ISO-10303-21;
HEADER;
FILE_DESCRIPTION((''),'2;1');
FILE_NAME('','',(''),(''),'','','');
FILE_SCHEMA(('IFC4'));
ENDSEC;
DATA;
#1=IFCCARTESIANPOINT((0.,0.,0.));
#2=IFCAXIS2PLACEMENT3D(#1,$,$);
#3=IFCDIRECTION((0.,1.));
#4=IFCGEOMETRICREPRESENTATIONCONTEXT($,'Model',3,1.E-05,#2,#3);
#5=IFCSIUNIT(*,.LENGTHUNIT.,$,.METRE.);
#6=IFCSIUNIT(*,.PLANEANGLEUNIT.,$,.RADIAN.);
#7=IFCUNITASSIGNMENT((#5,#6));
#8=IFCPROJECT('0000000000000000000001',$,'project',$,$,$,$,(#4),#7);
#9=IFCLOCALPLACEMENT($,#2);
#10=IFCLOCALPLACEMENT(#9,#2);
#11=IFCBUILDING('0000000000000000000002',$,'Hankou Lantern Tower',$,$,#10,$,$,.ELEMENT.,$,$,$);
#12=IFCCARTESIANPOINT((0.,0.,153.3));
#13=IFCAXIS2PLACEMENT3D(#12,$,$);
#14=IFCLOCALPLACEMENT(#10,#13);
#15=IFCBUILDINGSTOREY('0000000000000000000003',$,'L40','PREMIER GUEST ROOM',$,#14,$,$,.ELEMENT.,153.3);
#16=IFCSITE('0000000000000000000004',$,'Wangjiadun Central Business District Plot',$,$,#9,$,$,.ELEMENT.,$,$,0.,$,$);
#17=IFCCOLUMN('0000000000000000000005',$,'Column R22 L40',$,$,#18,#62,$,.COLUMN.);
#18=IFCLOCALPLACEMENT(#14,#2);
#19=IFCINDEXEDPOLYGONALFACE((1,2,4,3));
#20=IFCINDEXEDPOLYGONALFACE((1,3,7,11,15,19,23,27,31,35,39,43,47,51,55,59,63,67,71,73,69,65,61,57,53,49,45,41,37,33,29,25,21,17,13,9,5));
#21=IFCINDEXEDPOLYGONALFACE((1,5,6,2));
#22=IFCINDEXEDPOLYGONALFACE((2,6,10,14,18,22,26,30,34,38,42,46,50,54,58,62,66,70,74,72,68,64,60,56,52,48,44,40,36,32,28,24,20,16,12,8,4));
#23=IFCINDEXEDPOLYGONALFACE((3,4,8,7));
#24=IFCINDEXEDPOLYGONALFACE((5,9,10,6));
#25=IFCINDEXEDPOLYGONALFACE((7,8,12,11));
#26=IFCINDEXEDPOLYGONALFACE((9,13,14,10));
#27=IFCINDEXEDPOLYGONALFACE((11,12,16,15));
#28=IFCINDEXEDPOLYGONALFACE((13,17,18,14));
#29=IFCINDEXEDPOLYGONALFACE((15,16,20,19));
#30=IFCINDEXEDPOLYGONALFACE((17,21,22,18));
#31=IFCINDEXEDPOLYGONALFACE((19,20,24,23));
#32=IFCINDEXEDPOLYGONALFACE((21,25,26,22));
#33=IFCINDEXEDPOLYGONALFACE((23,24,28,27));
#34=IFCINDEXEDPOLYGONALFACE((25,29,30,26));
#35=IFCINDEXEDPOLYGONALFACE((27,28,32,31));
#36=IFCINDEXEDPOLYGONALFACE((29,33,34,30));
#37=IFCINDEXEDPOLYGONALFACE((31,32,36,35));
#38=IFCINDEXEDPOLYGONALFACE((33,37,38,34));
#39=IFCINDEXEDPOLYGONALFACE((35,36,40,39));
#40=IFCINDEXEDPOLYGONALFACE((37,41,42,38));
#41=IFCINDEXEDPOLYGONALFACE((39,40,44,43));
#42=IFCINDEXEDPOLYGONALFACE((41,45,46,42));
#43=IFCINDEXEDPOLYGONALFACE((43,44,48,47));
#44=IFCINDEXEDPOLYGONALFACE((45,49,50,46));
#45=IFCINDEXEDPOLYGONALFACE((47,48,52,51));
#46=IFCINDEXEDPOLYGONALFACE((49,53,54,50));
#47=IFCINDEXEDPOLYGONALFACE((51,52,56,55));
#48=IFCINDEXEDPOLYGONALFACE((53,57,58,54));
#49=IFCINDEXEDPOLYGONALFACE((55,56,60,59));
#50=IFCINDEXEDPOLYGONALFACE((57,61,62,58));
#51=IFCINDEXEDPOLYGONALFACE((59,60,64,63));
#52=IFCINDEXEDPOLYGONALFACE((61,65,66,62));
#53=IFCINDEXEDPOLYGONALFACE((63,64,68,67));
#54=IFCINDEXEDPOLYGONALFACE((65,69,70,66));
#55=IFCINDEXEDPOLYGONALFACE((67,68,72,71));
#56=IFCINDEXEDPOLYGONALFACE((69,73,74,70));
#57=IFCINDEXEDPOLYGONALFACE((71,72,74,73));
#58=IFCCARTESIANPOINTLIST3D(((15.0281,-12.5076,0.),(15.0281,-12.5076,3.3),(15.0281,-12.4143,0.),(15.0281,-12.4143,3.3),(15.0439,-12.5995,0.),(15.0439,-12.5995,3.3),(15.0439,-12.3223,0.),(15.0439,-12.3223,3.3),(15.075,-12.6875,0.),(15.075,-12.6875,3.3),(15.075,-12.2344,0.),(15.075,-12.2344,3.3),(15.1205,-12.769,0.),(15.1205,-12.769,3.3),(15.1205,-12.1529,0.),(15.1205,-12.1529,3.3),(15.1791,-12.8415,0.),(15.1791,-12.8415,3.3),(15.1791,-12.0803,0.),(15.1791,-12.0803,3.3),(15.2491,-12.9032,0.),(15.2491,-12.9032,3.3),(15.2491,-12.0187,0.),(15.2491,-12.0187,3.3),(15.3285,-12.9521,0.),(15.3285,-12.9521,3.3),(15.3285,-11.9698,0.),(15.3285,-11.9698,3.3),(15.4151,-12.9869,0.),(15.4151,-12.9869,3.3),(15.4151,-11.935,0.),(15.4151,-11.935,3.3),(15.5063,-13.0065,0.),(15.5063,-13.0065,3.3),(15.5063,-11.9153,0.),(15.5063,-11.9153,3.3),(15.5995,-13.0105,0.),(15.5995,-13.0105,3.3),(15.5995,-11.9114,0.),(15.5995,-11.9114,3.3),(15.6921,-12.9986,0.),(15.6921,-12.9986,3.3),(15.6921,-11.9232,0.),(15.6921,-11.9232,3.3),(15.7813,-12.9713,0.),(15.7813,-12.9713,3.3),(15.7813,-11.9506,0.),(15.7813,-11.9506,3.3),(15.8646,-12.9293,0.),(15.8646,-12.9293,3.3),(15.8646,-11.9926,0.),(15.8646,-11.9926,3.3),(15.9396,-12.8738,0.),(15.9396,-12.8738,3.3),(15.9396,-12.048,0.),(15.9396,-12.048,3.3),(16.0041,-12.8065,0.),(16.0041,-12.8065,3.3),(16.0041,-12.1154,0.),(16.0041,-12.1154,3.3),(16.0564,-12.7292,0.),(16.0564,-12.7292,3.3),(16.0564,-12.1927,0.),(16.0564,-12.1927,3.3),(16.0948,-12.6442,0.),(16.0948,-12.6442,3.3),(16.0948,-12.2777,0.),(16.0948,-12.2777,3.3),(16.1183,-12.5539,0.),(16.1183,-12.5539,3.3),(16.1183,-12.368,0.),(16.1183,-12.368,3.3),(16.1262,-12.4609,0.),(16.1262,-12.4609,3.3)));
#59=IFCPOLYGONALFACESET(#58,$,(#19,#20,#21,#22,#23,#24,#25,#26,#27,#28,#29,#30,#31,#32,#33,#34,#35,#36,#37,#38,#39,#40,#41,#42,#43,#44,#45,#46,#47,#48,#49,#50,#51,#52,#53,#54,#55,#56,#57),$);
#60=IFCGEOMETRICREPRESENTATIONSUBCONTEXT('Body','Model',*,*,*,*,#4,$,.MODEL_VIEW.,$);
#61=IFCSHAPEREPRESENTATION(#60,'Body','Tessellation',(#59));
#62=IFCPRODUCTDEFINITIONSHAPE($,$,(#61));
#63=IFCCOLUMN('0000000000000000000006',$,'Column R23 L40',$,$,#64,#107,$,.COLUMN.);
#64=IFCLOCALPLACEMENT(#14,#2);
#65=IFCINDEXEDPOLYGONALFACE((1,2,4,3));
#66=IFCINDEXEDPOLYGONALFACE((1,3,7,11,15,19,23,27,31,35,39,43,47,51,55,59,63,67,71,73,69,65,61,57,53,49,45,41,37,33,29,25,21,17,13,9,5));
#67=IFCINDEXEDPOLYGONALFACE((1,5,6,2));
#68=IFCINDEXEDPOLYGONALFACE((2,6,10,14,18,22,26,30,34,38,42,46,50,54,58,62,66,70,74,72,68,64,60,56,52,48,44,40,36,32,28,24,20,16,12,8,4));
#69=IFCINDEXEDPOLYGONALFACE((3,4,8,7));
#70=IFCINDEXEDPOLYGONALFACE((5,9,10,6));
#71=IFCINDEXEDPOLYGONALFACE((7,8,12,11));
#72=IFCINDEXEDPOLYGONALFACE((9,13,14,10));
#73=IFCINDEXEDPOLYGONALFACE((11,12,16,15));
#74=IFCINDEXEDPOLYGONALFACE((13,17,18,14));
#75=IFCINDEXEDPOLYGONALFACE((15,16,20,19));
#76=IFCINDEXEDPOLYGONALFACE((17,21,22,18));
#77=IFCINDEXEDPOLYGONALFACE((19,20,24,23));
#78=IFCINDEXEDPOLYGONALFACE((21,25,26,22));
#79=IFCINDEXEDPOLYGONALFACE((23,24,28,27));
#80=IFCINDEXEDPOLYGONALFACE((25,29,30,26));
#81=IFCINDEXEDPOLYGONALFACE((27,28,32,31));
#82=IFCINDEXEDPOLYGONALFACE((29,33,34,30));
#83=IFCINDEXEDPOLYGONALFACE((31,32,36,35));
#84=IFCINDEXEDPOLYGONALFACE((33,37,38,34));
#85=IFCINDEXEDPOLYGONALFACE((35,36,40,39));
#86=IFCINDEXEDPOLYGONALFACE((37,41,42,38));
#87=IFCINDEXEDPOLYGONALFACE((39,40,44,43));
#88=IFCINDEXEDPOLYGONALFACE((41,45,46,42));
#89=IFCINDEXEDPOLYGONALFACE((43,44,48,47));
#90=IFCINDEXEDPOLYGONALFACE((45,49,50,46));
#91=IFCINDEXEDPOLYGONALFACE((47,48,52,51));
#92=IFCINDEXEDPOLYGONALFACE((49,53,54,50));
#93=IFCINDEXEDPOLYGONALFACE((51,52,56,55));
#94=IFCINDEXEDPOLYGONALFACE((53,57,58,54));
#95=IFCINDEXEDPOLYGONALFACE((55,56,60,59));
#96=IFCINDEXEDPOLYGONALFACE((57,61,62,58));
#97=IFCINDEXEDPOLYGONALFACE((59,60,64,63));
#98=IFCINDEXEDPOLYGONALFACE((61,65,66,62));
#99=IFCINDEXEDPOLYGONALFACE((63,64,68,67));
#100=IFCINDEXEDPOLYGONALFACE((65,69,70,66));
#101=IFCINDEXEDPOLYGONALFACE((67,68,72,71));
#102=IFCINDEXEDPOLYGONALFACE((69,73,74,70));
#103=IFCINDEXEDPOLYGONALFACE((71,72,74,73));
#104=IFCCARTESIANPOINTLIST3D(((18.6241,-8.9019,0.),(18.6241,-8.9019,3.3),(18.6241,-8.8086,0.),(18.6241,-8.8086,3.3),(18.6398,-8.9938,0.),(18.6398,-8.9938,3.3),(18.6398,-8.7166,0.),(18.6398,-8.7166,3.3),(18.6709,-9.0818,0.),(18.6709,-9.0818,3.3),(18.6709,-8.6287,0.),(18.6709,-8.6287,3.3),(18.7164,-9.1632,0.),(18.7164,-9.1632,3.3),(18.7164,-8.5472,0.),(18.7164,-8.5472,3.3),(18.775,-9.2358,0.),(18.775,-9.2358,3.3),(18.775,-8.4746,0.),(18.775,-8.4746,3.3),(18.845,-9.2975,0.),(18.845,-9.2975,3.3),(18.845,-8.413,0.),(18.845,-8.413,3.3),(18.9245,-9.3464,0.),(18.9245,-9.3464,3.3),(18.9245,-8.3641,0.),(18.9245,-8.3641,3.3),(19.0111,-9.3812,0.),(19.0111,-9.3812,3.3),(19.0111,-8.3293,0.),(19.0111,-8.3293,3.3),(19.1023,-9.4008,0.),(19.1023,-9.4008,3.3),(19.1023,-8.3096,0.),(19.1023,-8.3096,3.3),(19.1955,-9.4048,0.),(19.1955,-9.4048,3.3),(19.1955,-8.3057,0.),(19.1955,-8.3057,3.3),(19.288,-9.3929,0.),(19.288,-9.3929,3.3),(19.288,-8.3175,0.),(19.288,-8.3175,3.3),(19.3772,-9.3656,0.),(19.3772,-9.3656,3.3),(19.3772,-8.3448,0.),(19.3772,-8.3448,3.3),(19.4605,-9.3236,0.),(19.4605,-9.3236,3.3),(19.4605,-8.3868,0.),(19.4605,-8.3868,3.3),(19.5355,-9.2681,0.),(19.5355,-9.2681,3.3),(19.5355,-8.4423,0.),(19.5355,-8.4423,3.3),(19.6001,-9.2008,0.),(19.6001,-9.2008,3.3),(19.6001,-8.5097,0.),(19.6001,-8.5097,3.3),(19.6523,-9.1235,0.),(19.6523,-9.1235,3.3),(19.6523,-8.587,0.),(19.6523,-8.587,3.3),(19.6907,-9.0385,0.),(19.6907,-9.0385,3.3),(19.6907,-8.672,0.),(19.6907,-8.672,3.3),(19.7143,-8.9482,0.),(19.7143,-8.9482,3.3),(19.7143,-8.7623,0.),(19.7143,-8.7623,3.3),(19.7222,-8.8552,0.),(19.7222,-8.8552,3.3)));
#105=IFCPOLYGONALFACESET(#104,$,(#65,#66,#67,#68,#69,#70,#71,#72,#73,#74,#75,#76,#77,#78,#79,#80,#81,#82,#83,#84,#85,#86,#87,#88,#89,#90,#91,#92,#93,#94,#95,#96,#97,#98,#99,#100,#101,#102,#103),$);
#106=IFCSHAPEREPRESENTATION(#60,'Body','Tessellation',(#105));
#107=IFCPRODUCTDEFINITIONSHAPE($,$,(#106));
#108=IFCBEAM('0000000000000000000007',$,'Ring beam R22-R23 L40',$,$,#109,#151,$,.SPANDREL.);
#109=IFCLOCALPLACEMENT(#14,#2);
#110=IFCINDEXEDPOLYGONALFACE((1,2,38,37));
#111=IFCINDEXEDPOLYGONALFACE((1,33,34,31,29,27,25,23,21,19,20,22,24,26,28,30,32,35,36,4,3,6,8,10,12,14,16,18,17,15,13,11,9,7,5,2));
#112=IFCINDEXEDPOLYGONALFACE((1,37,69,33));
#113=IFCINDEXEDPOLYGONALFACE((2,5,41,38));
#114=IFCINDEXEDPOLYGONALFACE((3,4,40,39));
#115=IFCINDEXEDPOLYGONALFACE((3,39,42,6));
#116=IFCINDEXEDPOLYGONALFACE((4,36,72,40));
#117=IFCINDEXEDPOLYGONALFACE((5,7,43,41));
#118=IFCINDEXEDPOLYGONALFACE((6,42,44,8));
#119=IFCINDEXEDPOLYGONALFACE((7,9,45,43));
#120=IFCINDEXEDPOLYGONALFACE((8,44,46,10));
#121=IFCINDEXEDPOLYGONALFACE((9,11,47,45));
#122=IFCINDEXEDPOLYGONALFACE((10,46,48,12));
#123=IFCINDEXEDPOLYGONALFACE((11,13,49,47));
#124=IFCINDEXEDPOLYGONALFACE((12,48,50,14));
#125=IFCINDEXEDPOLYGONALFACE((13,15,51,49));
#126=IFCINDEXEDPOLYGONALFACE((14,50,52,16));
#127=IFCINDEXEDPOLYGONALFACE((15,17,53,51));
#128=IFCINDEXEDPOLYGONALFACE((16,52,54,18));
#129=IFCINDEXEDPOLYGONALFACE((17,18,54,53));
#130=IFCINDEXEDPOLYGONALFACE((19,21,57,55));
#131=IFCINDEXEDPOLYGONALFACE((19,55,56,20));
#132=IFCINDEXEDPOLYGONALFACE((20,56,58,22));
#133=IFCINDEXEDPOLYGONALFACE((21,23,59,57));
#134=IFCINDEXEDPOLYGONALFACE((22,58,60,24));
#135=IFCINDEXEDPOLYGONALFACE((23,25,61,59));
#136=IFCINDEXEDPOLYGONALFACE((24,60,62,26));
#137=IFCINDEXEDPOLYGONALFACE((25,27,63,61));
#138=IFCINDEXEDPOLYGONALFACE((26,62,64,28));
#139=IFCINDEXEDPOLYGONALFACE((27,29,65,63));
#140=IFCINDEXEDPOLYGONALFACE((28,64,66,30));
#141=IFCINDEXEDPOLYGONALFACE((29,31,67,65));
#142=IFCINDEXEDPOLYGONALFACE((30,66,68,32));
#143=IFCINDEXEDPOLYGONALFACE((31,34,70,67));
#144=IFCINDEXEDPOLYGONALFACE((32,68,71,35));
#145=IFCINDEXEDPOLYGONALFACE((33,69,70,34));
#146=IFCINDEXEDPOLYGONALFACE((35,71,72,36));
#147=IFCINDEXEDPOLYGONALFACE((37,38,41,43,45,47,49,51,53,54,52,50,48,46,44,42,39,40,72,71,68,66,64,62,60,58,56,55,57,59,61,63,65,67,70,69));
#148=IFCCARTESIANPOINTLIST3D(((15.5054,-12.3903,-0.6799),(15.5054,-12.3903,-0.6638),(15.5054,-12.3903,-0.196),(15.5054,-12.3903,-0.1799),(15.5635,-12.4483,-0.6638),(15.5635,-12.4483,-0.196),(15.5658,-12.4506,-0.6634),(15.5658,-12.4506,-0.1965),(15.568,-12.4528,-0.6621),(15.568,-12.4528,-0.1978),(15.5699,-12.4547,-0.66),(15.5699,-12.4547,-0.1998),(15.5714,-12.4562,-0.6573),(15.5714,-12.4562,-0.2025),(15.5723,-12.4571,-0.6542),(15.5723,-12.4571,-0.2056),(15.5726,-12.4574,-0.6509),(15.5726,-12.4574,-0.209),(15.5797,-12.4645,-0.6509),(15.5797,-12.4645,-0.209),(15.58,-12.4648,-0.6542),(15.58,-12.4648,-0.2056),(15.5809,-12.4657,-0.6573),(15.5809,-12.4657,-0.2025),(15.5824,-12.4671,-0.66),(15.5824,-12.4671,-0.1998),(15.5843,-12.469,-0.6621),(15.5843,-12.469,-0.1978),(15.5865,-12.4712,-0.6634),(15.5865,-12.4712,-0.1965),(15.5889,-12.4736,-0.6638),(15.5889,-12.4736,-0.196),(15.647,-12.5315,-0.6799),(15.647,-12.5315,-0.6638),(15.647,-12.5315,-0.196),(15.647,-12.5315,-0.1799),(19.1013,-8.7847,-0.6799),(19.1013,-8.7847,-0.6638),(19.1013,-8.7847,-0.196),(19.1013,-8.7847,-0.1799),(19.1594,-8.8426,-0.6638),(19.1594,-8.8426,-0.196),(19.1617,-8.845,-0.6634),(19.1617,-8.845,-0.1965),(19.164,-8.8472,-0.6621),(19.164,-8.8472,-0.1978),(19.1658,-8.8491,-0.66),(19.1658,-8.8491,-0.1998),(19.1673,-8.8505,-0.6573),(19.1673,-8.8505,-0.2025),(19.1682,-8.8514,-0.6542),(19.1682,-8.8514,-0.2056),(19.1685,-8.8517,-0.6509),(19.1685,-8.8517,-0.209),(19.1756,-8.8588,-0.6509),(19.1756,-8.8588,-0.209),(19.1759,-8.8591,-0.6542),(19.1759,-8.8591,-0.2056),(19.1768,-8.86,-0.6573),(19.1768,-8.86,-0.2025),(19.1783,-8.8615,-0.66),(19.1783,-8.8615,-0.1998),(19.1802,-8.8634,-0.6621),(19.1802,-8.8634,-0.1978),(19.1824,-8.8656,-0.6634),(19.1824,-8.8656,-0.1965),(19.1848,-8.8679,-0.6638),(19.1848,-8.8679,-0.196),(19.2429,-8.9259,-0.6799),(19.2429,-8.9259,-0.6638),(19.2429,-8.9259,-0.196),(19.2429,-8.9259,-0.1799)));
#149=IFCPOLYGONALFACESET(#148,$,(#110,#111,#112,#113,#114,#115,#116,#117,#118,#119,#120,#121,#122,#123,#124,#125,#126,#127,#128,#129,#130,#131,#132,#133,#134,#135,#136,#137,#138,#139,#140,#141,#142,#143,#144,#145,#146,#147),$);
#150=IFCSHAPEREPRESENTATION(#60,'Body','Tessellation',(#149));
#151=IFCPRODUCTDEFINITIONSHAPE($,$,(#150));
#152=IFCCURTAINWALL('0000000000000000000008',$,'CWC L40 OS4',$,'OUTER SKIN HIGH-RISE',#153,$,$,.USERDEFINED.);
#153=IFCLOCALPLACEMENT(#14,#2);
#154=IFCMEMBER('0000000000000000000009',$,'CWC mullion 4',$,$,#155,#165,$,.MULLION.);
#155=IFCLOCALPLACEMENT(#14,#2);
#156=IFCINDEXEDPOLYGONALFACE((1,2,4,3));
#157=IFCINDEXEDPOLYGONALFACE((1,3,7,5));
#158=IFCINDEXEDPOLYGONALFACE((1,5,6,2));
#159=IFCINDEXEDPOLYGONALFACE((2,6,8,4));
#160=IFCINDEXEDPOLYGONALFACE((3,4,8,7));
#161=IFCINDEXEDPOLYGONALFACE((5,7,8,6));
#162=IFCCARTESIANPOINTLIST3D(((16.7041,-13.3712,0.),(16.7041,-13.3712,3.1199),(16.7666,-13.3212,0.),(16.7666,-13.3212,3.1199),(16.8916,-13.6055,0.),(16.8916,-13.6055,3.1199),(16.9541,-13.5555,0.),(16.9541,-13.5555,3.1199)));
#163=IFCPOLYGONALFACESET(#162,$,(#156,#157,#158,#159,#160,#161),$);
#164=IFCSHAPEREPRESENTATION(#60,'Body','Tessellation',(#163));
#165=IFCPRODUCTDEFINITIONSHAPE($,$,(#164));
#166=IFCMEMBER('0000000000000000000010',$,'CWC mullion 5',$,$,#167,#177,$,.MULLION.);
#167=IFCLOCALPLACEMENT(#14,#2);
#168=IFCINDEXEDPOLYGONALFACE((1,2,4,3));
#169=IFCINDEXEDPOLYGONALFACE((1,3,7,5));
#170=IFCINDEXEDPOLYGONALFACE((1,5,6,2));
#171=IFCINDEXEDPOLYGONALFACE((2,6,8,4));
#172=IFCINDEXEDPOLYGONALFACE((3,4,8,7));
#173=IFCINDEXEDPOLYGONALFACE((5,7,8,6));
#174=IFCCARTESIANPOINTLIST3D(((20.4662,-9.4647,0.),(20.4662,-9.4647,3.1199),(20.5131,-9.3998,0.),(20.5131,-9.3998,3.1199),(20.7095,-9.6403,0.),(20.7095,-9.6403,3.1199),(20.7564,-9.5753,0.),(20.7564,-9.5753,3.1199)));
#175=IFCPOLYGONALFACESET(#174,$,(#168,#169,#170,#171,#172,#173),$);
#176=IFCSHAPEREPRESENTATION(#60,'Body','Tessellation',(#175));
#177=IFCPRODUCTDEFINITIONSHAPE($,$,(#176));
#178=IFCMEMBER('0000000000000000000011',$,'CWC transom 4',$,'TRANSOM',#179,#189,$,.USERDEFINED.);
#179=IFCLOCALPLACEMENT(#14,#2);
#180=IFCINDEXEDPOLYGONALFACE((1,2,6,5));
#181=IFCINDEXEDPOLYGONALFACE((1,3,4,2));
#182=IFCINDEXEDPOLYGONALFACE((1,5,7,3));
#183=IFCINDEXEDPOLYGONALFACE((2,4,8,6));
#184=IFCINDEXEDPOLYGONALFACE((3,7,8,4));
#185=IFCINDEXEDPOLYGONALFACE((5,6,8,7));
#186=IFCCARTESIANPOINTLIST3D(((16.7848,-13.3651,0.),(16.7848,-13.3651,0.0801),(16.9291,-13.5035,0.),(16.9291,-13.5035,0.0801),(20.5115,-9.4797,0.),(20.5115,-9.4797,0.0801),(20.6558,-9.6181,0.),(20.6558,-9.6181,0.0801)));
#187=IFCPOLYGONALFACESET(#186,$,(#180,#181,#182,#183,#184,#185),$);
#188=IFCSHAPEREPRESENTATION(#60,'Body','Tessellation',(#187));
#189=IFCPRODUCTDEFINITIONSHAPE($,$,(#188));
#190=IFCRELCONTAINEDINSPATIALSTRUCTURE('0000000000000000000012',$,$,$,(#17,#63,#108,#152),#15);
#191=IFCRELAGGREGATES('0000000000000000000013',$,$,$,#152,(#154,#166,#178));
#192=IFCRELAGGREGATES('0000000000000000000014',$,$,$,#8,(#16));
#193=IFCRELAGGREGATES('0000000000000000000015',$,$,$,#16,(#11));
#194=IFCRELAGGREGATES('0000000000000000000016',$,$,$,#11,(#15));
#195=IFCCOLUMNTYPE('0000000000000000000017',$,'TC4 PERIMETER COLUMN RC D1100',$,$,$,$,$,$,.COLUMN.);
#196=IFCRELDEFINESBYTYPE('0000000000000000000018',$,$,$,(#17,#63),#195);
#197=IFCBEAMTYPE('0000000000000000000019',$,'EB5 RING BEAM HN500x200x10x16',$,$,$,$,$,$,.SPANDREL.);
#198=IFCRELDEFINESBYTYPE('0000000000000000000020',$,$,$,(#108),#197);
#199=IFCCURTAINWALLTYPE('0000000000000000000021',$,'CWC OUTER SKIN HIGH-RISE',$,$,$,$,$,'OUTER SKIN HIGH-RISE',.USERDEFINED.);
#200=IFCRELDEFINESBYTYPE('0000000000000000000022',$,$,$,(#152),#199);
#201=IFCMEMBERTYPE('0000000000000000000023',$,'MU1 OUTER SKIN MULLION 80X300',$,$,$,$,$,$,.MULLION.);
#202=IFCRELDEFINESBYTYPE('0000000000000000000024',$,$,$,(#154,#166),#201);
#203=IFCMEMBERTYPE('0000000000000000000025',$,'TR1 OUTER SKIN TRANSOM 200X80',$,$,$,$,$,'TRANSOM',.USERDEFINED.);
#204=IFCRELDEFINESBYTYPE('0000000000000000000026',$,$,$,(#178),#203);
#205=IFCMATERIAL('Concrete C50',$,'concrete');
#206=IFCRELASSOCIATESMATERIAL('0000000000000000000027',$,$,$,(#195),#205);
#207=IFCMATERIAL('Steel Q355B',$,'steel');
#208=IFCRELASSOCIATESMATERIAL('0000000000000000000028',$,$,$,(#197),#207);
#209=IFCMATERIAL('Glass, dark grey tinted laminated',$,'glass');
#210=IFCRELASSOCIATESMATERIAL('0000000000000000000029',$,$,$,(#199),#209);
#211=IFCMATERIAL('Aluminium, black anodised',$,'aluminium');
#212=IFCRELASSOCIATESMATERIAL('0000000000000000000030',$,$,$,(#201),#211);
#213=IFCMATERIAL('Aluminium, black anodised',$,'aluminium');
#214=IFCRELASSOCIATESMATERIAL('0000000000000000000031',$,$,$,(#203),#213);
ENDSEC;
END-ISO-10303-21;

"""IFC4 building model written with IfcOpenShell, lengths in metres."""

from ifc_helpers import new_model, si_unit, direction, frame, origin, origin_2d, place, context, subcontext, project, spatial, rectangle, circle, i_section, extrude, material, material_profile, profile_set, type_object, element, aggregate, save


model = new_model("IFC4")

# Units and contexts
model_context = context("Model", 3, precision=1e-05, world=origin(), true_north=direction((0.0, 1.0)))
body_context = subcontext(model_context, "Body", "Model", "MODEL_VIEW")
ifc_project = project(units=[si_unit("LENGTHUNIT", "METRE"), si_unit("PLANEANGLEUNIT", "RADIAN")], contexts=[model_context])

# Site, building, storey
site_placement = place(None, origin())
site = spatial("IfcSite", under=ifc_project, at=site_placement, Name="Wangjiadun Central Business District Plot", CompositionType="ELEMENT", RefElevation=0.0)
building_placement = place(site_placement, origin())
building = spatial("IfcBuilding", under=site, at=building_placement, Name="Hankou Lantern Tower", CompositionType="ELEMENT")
storey_placement = place(building_placement, frame((0.0, 0.0, 153.3)))
storey = spatial("IfcBuildingStorey", under=building, at=storey_placement, Name="L40", Description="PREMIER GUEST ROOM", CompositionType="ELEMENT", Elevation=153.3)

# Columns
ifc_material_1 = material(Name="Concrete C50", Category="concrete")
ifc_material_profile_1 = material_profile(ifc_material_1, circle(Radius=0.55, at=origin_2d()), Name="RC D1100")
ifc_profile_set_1 = profile_set([ifc_material_profile_1], Name="Concrete C50")
column_type = type_object("IfcColumnType", Name="TC4 PERIMETER COLUMN RC D1100", PredefinedType="COLUMN", material=ifc_profile_set_1)
for number, where, z_axis, x_axis, name in (
    (1, (15.5762, -12.4609, 0.0), (0.0, 0.0, 1.0), (1.0, 0.0, 0.0), "Column R22 L40"),
    (2, (19.1721, -8.8552, 0.0), (0.0, 0.0, 1.0), (1.0, 0.0, 0.0), "Column R23 L40"),
):
    element("IfcColumn", number, at=place(storey_placement, frame(where, z_axis=z_axis, x_axis=x_axis)), inside=storey, type_object=column_type, Name=name, PredefinedType="COLUMN", context=body_context, shape_type="SweptSolid", body=[
        extrude(circle(Radius=0.55, at=origin_2d()), origin(), (0.0, 0.0, 1.0), 3.3),
    ])

# Beam
ifc_material_2 = material(Name="Steel Q355B", Category="steel")
ifc_material_profile_2 = material_profile(ifc_material_2, i_section(OverallWidth=0.2, OverallDepth=0.5, WebThickness=0.01, FlangeThickness=0.0161, FilletRadius=0.0129, at=origin_2d()), Name="HN500x200x10x16")
ifc_profile_set_2 = profile_set([ifc_material_profile_2], Name="Steel Q355B")
beam_type = type_object("IfcBeamType", Name="EB5 RING BEAM HN500x200x10x16", PredefinedType="SPANDREL", material=ifc_profile_set_2)
beam_placement = place(storey_placement, frame((15.5762, -12.4609, -0.4299), z_axis=(0.706147, 0.708065, 0.0), x_axis=(-0.708065, 0.706147, 0.0)))
element("IfcBeam", 3, at=beam_placement, inside=storey, type_object=beam_type, Name="Ring beam R22-R23 L40", PredefinedType="SPANDREL", context=body_context, shape_type="SweptSolid", body=[
    extrude(i_section(OverallWidth=0.2, OverallDepth=0.5, WebThickness=0.01, FlangeThickness=0.0161, FilletRadius=0.0129, at=origin_2d()), origin(), (0.0, 0.0, 1.0), 5.0923),
])

# Curtain wall, members
ifc_material_3 = material(Name="Glass, dark grey tinted laminated", Category="glass")
curtain_wall_type = type_object("IfcCurtainWallType", Name="CWC OUTER SKIN HIGH-RISE", ElementType="OUTER SKIN HIGH-RISE", PredefinedType="USERDEFINED", material=ifc_material_3)
curtain_wall_placement = place(storey_placement, origin())
curtain_wall = element("IfcCurtainWall", 4, at=curtain_wall_placement, inside=storey, type_object=curtain_wall_type, Name="CWC L40 OS4", ObjectType="OUTER SKIN HIGH-RISE", PredefinedType="USERDEFINED")
ifc_material_4 = material(Name="Aluminium, black anodised", Category="aluminium")
ifc_material_profile_3 = material_profile(ifc_material_4, rectangle(XDim=0.0801, YDim=0.3, at=origin_2d()), Name="MU1 80X300")
ifc_profile_set_3 = profile_set([ifc_material_profile_3], Name="Aluminium, black anodised")
member_type_1 = type_object("IfcMemberType", Name="MU1 OUTER SKIN MULLION 80X300", PredefinedType="MULLION", material=ifc_profile_set_3)
member_1_placement = place(storey_placement, frame((16.8291, -13.4634, 0.0), z_axis=(0.0, 0.0, 1.0), x_axis=(0.780869, 0.624695, 0.0)))
member_1 = element("IfcMember", 5, at=member_1_placement, type_object=member_type_1, Name="CWC mullion 4", PredefinedType="MULLION", context=body_context, shape_type="SweptSolid", body=[
    extrude(rectangle(XDim=0.0801, YDim=0.3, at=origin_2d()), origin(), (0.0, 0.0, 1.0), 3.1199),
])
member_2_placement = place(storey_placement, frame((20.6113, -9.52, 0.0), z_axis=(0.0, 0.0, 1.0), x_axis=(0.585206, 0.810885, 0.0)))
member_2 = element("IfcMember", 6, at=member_2_placement, type_object=member_type_1, Name="CWC mullion 5", PredefinedType="MULLION", context=body_context, shape_type="SweptSolid", body=[
    extrude(rectangle(XDim=0.0801, YDim=0.3, at=origin_2d()), origin(), (0.0, 0.0, 1.0), 3.1199),
])
ifc_material_5 = material(Name="Aluminium, black anodised", Category="aluminium")
ifc_material_profile_4 = material_profile(ifc_material_5, rectangle(XDim=0.2, YDim=0.0801, at=origin_2d()), Name="TR1 200X80")
ifc_profile_set_4 = profile_set([ifc_material_profile_4], Name="Aluminium, black anodised")
member_type_2 = type_object("IfcMemberType", Name="TR1 OUTER SKIN TRANSOM 200X80", ElementType="TRANSOM", PredefinedType="USERDEFINED", material=ifc_profile_set_4)
member_3_placement = place(storey_placement, frame((16.8569, -13.4343, 0.04), z_axis=(0.692216, 0.721691, 0.0), x_axis=(-0.721691, 0.692216, 0.0)))
member_3 = element("IfcMember", 7, at=member_3_placement, type_object=member_type_2, Name="CWC transom 4", ObjectType="TRANSOM", PredefinedType="USERDEFINED", context=body_context, shape_type="SweptSolid", body=[
    extrude(rectangle(XDim=0.2, YDim=0.0801, at=origin_2d()), origin(), (0.0, 0.0, 1.0), 5.3838),
])
aggregate(curtain_wall, [member_1, member_2, member_3])

save(model, "model.ifc")
